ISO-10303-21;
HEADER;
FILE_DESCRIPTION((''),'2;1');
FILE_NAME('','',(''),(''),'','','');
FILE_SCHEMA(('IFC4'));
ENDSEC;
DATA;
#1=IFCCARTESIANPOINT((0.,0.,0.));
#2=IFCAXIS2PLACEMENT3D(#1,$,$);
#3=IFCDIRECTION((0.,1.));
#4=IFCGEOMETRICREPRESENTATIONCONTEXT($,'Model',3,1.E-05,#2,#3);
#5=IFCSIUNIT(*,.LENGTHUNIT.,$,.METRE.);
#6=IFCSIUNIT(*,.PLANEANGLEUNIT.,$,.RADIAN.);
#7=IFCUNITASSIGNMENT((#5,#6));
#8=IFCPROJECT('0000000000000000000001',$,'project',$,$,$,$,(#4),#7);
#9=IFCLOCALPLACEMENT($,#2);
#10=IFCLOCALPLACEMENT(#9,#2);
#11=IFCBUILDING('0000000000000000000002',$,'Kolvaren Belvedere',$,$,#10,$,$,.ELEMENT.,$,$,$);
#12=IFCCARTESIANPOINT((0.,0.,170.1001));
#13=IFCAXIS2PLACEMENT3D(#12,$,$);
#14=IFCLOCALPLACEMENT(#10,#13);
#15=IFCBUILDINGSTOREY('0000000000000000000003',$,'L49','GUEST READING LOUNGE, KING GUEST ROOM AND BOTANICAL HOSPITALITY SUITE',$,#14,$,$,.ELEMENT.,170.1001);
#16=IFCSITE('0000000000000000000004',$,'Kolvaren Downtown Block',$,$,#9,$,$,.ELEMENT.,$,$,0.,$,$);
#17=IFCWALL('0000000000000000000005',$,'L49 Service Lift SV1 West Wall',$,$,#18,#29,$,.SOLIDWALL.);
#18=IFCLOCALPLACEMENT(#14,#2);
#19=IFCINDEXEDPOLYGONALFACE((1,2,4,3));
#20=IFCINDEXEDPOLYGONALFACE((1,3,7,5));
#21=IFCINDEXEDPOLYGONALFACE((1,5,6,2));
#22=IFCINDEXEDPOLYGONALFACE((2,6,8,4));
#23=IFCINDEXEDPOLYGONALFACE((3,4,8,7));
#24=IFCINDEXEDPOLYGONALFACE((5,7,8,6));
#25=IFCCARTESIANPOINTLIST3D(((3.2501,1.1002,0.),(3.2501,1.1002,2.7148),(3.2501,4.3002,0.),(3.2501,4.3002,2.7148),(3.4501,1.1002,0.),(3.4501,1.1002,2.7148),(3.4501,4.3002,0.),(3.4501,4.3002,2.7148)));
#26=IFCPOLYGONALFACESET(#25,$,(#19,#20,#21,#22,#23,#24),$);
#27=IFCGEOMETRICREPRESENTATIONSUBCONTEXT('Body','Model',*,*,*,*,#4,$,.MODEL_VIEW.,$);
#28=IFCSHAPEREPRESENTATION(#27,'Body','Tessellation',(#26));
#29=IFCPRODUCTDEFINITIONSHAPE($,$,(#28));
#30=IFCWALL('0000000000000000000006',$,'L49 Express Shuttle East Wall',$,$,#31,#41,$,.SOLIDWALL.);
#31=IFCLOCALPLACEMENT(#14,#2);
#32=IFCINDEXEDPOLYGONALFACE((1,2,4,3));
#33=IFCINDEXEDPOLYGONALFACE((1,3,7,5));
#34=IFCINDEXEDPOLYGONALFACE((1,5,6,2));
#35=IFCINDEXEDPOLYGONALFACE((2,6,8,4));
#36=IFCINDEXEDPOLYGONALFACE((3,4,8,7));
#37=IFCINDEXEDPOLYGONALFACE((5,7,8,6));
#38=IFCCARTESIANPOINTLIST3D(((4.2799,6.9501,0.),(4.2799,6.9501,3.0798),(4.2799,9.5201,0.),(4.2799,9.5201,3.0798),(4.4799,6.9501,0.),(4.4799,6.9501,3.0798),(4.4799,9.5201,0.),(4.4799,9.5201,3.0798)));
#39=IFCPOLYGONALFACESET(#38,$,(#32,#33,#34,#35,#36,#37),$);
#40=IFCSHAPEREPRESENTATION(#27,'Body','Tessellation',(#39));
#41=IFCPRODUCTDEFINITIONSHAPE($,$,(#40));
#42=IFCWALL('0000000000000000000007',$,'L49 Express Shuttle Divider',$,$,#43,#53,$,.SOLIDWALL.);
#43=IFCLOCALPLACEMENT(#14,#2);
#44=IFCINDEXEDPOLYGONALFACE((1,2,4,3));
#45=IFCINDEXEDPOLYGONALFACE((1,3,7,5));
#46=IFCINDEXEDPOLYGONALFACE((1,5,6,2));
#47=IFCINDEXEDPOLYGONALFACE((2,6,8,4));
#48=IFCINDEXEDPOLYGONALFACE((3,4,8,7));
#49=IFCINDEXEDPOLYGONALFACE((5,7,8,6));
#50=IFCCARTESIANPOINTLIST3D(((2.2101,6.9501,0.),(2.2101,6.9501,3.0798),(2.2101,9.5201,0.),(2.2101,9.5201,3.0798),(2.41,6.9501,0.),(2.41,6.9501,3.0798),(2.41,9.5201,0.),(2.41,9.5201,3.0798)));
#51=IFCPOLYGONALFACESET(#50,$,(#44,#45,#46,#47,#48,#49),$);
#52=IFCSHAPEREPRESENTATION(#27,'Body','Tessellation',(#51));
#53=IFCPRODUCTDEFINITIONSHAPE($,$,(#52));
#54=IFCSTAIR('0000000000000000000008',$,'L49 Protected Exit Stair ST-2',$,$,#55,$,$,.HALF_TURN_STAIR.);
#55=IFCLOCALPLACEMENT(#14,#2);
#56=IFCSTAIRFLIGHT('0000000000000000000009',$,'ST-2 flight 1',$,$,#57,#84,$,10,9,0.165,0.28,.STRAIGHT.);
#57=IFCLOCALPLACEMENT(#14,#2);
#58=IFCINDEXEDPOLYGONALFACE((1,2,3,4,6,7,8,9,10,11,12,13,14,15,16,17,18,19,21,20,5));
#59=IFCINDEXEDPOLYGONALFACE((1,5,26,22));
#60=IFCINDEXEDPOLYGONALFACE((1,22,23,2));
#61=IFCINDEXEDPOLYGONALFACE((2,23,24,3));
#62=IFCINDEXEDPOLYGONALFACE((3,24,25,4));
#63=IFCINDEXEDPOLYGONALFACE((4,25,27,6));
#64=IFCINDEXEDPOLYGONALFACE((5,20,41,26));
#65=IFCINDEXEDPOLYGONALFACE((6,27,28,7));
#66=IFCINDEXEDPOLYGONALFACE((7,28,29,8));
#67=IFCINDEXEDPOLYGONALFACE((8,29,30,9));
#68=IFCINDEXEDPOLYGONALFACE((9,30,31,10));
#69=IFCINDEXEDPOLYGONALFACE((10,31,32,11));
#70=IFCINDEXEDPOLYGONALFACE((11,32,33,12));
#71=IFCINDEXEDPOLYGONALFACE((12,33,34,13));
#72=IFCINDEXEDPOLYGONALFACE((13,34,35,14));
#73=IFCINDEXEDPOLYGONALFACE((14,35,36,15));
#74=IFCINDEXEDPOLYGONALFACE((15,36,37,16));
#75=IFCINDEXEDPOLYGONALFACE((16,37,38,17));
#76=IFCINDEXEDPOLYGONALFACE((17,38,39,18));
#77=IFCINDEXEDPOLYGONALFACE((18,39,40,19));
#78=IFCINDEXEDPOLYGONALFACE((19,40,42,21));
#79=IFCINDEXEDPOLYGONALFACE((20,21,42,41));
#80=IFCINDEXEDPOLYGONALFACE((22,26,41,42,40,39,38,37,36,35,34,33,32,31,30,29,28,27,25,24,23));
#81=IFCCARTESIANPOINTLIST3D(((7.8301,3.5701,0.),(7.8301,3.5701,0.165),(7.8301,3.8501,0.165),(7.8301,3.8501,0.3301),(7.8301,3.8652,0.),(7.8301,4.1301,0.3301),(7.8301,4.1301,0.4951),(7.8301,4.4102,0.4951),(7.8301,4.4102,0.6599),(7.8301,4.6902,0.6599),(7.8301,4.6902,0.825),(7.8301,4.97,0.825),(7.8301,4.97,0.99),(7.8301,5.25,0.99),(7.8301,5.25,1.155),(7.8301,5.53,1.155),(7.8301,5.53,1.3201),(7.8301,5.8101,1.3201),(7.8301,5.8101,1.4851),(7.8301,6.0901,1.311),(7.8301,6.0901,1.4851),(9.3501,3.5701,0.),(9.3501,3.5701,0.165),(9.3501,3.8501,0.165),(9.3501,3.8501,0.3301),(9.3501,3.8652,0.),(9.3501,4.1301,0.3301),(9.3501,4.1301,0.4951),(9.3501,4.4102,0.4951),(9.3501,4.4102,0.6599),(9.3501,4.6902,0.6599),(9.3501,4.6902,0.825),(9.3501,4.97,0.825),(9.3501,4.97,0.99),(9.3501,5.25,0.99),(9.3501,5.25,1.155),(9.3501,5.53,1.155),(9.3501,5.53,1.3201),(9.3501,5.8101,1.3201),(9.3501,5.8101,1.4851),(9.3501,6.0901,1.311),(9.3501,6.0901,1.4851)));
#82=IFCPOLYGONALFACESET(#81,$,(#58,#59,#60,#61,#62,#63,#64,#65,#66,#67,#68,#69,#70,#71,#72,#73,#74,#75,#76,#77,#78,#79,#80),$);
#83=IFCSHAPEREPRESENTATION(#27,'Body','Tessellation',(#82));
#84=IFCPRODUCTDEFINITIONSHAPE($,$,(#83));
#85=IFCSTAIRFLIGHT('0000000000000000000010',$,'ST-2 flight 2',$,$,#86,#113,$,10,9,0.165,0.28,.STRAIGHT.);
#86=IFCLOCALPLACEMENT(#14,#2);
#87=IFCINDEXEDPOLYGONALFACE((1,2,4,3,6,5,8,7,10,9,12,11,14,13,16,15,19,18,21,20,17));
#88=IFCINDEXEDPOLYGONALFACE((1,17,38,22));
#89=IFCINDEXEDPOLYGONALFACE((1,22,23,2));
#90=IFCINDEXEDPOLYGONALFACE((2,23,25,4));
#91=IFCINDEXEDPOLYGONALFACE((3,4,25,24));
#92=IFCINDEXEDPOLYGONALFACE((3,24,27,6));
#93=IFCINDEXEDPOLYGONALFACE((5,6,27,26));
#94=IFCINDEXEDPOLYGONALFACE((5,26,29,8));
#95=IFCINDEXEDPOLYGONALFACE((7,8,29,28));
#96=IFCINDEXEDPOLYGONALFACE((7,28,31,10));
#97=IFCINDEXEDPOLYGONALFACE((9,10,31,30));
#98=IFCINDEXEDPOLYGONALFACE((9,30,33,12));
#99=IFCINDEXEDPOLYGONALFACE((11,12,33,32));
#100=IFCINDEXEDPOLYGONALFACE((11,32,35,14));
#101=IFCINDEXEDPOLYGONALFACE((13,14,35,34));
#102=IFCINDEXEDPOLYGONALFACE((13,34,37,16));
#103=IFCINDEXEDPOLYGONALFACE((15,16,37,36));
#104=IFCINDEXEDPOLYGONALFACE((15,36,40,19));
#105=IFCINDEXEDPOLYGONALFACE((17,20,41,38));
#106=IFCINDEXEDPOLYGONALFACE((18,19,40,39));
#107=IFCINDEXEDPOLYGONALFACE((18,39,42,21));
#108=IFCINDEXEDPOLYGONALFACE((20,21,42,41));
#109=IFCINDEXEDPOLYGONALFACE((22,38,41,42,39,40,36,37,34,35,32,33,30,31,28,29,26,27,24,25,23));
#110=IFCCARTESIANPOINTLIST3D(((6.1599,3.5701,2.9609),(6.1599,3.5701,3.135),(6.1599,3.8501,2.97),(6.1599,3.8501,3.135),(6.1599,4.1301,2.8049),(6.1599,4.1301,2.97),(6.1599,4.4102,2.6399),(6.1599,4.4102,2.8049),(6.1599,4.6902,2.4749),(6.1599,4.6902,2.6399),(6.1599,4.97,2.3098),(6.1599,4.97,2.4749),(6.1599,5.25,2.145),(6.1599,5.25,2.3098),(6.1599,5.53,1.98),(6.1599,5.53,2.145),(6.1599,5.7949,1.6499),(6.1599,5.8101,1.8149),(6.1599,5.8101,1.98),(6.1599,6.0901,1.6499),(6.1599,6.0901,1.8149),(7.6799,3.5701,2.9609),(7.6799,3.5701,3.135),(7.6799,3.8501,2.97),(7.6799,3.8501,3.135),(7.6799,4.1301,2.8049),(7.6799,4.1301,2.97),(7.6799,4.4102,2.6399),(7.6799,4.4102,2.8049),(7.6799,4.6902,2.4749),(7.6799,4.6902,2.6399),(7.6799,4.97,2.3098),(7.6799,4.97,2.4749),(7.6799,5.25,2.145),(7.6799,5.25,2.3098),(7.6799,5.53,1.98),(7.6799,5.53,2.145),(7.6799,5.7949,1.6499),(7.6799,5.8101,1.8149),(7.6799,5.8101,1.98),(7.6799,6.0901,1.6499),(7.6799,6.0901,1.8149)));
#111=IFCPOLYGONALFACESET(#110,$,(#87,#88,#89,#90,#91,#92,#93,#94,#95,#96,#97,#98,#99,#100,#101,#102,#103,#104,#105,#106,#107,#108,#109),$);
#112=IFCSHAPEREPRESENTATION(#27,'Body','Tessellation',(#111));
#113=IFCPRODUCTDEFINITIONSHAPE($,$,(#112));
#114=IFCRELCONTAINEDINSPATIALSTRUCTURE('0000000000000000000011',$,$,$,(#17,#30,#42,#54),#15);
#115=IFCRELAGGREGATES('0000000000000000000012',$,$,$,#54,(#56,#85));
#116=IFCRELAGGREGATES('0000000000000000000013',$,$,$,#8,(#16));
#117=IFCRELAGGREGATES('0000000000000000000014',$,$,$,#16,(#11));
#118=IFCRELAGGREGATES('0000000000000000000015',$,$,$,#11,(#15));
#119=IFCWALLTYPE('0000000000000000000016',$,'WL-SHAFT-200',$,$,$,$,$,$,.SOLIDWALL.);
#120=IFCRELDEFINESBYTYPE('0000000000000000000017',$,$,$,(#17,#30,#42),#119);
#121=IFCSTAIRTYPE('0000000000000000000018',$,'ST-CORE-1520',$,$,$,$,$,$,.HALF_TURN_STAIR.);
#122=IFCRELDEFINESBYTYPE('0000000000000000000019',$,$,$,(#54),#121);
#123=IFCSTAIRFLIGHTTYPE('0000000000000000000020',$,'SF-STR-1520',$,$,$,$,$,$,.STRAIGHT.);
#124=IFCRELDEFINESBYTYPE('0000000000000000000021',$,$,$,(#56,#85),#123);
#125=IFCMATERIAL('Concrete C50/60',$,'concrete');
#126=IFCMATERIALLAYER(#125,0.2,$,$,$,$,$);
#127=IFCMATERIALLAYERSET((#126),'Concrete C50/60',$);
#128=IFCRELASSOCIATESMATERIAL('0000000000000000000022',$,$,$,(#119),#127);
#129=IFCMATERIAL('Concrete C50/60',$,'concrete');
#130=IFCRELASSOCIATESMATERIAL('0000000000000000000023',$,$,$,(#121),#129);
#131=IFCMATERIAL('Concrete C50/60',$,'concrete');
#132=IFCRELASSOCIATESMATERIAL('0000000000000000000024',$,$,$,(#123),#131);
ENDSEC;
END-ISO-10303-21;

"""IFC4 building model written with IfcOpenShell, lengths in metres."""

from ifc_helpers import new_model, si_unit, direction, frame, frame_2d, origin, place, context, subcontext, project, spatial, polyline, rectangle, outline, extrude, material, layer, layer_set, type_object, element, aggregate, save


model = new_model("IFC4")

# Units and contexts
model_context = context("Model", 3, precision=1e-05, world=origin(), true_north=direction((0.0, 1.0)))
body_context = subcontext(model_context, "Body", "Model", "MODEL_VIEW")
ifc_project = project(units=[si_unit("LENGTHUNIT", "METRE"), si_unit("PLANEANGLEUNIT", "RADIAN")], contexts=[model_context])

# Site, building, storey
site_placement = place(None, origin())
site = spatial("IfcSite", under=ifc_project, at=site_placement, Name="Kolvaren Downtown Block", CompositionType="ELEMENT", RefElevation=0.0)
building_placement = place(site_placement, origin())
building = spatial("IfcBuilding", under=site, at=building_placement, Name="Kolvaren Belvedere", CompositionType="ELEMENT")
storey_placement = place(building_placement, frame((0.0, 0.0, 170.1001)))
storey = spatial("IfcBuildingStorey", under=building, at=storey_placement, Name="L49", Description="GUEST READING LOUNGE, KING GUEST ROOM AND BOTANICAL HOSPITALITY SUITE", CompositionType="ELEMENT", Elevation=170.1001)

# Shared definitions
ifc_material_1 = material(Name="Concrete C50/60", Category="concrete")
ifc_layer_1 = layer(ifc_material_1, 0.2)
ifc_layer_set_1 = layer_set([ifc_layer_1], Name="Concrete C50/60")
wall_type_1 = type_object("IfcWallType", Name="WL-SHAFT-200", PredefinedType="SOLIDWALL", material=ifc_layer_set_1)

# Walls
wall_1_placement = place(storey_placement, frame((3.3501, 1.1001, 0.0), z_axis=(0.0, 0.0, 1.0), x_axis=(0.0, 1.0, 0.0)))
element("IfcWall", 1, at=wall_1_placement, inside=storey, type_object=wall_type_1, Name="L49 Service Lift SV1 West Wall", PredefinedType="SOLIDWALL", context=body_context, shape_type="SweptSolid", body=[
    extrude(rectangle(XDim=3.2, YDim=0.2, at=frame_2d((1.6001, 0.0))), origin(), (0.0, 0.0, 1.0), 2.7148),
])
for number, where, z_axis, x_axis, name in (
    (2, (4.3799, 6.95, 0.0), (0.0, 0.0, 1.0), (0.0, 1.0, 0.0), "L49 Express Shuttle East Wall"),
    (3, (2.3101, 6.95, 0.0), (0.0, 0.0, 1.0), (0.0, 1.0, 0.0), "L49 Express Shuttle Divider"),
):
    element("IfcWall", number, at=place(storey_placement, frame(where, z_axis=z_axis, x_axis=x_axis)), inside=storey, type_object=wall_type_1, Name=name, PredefinedType="SOLIDWALL", context=body_context, shape_type="SweptSolid", body=[
        extrude(rectangle(XDim=2.5701, YDim=0.2, at=frame_2d((1.2852, 0.0))), origin(), (0.0, 0.0, 1.0), 3.0798),
    ])

# Stair, stair flights
ifc_material_2 = material(Name="Concrete C50/60", Category="concrete")
stair_type = type_object("IfcStairType", Name="ST-CORE-1520", PredefinedType="HALF_TURN_STAIR", material=ifc_material_2)
stair_placement = place(storey_placement, origin())
stair = element("IfcStair", 4, at=stair_placement, inside=storey, type_object=stair_type, Name="L49 Protected Exit Stair ST-2", PredefinedType="HALF_TURN_STAIR")
ifc_material_3 = material(Name="Concrete C50/60", Category="concrete")
stair_flight_type = type_object("IfcStairFlightType", Name="SF-STR-1520", PredefinedType="STRAIGHT", material=ifc_material_3)
stair_flight_1_placement = place(storey_placement, frame((8.5901, 3.5701, 0.0), z_axis=(0.0, 0.0, 1.0), x_axis=(0.0, 1.0, 0.0)))
stair_flight_1 = element("IfcStairFlight", 5, at=stair_flight_1_placement, type_object=stair_flight_type, Name="ST-2 flight 1", NumberOfRisers=10, NumberOfTreads=9, PredefinedType="STRAIGHT", RiserHeight=0.165, TreadLength=0.28, context=body_context, shape_type="SweptSolid", body=[
    extrude(outline(polyline([(0.0, 0.0), (0.0, 0.165), (0.28, 0.165), (0.28, 0.3301), (0.5601, 0.3301), (0.5601, 0.4951), (0.8401, 0.4951), (0.8401, 0.6599), (1.1201, 0.6599), (1.1201, 0.825), (1.3999, 0.825), (1.3999, 0.99), (1.6799, 0.99), (1.6799, 1.155), (1.96, 1.155), (1.96, 1.3201), (2.24, 1.3201), (2.24, 1.4851), (2.52, 1.4851), (2.52, 1.6499), (2.52, 1.311), (0.2952, 0.0), (0.0, 0.0)])), frame((0.0, 0.76, 0.0), z_axis=(0.0, -1.0, 0.0), x_axis=(1.0, 0.0, 0.0)), (0.0, 0.0, 1.0), 1.52),
])
stair_flight_2_placement = place(storey_placement, frame((6.9199, 6.0901, 1.6499), z_axis=(0.0, 0.0, 1.0), x_axis=(0.0, -1.0, 0.0)))
stair_flight_2 = element("IfcStairFlight", 6, at=stair_flight_2_placement, type_object=stair_flight_type, Name="ST-2 flight 2", NumberOfRisers=10, NumberOfTreads=9, PredefinedType="STRAIGHT", RiserHeight=0.165, TreadLength=0.28, context=body_context, shape_type="SweptSolid", body=[
    extrude(outline(polyline([(0.0, 0.0), (0.0, 0.165), (0.28, 0.165), (0.28, 0.3301), (0.5601, 0.3301), (0.5601, 0.4951), (0.8401, 0.4951), (0.8401, 0.6599), (1.1201, 0.6599), (1.1201, 0.825), (1.3999, 0.825), (1.3999, 0.99), (1.6799, 0.99), (1.6799, 1.155), (1.96, 1.155), (1.96, 1.3201), (2.24, 1.3201), (2.24, 1.4851), (2.52, 1.4851), (2.52, 1.6499), (2.52, 1.311), (0.2952, 0.0), (0.0, 0.0)])), frame((0.0, 0.76, 0.0), z_axis=(0.0, -1.0, 0.0), x_axis=(1.0, 0.0, 0.0)), (0.0, 0.0, 1.0), 1.52),
])
aggregate(stair, [stair_flight_1, stair_flight_2])

save(model, "model.ifc")
